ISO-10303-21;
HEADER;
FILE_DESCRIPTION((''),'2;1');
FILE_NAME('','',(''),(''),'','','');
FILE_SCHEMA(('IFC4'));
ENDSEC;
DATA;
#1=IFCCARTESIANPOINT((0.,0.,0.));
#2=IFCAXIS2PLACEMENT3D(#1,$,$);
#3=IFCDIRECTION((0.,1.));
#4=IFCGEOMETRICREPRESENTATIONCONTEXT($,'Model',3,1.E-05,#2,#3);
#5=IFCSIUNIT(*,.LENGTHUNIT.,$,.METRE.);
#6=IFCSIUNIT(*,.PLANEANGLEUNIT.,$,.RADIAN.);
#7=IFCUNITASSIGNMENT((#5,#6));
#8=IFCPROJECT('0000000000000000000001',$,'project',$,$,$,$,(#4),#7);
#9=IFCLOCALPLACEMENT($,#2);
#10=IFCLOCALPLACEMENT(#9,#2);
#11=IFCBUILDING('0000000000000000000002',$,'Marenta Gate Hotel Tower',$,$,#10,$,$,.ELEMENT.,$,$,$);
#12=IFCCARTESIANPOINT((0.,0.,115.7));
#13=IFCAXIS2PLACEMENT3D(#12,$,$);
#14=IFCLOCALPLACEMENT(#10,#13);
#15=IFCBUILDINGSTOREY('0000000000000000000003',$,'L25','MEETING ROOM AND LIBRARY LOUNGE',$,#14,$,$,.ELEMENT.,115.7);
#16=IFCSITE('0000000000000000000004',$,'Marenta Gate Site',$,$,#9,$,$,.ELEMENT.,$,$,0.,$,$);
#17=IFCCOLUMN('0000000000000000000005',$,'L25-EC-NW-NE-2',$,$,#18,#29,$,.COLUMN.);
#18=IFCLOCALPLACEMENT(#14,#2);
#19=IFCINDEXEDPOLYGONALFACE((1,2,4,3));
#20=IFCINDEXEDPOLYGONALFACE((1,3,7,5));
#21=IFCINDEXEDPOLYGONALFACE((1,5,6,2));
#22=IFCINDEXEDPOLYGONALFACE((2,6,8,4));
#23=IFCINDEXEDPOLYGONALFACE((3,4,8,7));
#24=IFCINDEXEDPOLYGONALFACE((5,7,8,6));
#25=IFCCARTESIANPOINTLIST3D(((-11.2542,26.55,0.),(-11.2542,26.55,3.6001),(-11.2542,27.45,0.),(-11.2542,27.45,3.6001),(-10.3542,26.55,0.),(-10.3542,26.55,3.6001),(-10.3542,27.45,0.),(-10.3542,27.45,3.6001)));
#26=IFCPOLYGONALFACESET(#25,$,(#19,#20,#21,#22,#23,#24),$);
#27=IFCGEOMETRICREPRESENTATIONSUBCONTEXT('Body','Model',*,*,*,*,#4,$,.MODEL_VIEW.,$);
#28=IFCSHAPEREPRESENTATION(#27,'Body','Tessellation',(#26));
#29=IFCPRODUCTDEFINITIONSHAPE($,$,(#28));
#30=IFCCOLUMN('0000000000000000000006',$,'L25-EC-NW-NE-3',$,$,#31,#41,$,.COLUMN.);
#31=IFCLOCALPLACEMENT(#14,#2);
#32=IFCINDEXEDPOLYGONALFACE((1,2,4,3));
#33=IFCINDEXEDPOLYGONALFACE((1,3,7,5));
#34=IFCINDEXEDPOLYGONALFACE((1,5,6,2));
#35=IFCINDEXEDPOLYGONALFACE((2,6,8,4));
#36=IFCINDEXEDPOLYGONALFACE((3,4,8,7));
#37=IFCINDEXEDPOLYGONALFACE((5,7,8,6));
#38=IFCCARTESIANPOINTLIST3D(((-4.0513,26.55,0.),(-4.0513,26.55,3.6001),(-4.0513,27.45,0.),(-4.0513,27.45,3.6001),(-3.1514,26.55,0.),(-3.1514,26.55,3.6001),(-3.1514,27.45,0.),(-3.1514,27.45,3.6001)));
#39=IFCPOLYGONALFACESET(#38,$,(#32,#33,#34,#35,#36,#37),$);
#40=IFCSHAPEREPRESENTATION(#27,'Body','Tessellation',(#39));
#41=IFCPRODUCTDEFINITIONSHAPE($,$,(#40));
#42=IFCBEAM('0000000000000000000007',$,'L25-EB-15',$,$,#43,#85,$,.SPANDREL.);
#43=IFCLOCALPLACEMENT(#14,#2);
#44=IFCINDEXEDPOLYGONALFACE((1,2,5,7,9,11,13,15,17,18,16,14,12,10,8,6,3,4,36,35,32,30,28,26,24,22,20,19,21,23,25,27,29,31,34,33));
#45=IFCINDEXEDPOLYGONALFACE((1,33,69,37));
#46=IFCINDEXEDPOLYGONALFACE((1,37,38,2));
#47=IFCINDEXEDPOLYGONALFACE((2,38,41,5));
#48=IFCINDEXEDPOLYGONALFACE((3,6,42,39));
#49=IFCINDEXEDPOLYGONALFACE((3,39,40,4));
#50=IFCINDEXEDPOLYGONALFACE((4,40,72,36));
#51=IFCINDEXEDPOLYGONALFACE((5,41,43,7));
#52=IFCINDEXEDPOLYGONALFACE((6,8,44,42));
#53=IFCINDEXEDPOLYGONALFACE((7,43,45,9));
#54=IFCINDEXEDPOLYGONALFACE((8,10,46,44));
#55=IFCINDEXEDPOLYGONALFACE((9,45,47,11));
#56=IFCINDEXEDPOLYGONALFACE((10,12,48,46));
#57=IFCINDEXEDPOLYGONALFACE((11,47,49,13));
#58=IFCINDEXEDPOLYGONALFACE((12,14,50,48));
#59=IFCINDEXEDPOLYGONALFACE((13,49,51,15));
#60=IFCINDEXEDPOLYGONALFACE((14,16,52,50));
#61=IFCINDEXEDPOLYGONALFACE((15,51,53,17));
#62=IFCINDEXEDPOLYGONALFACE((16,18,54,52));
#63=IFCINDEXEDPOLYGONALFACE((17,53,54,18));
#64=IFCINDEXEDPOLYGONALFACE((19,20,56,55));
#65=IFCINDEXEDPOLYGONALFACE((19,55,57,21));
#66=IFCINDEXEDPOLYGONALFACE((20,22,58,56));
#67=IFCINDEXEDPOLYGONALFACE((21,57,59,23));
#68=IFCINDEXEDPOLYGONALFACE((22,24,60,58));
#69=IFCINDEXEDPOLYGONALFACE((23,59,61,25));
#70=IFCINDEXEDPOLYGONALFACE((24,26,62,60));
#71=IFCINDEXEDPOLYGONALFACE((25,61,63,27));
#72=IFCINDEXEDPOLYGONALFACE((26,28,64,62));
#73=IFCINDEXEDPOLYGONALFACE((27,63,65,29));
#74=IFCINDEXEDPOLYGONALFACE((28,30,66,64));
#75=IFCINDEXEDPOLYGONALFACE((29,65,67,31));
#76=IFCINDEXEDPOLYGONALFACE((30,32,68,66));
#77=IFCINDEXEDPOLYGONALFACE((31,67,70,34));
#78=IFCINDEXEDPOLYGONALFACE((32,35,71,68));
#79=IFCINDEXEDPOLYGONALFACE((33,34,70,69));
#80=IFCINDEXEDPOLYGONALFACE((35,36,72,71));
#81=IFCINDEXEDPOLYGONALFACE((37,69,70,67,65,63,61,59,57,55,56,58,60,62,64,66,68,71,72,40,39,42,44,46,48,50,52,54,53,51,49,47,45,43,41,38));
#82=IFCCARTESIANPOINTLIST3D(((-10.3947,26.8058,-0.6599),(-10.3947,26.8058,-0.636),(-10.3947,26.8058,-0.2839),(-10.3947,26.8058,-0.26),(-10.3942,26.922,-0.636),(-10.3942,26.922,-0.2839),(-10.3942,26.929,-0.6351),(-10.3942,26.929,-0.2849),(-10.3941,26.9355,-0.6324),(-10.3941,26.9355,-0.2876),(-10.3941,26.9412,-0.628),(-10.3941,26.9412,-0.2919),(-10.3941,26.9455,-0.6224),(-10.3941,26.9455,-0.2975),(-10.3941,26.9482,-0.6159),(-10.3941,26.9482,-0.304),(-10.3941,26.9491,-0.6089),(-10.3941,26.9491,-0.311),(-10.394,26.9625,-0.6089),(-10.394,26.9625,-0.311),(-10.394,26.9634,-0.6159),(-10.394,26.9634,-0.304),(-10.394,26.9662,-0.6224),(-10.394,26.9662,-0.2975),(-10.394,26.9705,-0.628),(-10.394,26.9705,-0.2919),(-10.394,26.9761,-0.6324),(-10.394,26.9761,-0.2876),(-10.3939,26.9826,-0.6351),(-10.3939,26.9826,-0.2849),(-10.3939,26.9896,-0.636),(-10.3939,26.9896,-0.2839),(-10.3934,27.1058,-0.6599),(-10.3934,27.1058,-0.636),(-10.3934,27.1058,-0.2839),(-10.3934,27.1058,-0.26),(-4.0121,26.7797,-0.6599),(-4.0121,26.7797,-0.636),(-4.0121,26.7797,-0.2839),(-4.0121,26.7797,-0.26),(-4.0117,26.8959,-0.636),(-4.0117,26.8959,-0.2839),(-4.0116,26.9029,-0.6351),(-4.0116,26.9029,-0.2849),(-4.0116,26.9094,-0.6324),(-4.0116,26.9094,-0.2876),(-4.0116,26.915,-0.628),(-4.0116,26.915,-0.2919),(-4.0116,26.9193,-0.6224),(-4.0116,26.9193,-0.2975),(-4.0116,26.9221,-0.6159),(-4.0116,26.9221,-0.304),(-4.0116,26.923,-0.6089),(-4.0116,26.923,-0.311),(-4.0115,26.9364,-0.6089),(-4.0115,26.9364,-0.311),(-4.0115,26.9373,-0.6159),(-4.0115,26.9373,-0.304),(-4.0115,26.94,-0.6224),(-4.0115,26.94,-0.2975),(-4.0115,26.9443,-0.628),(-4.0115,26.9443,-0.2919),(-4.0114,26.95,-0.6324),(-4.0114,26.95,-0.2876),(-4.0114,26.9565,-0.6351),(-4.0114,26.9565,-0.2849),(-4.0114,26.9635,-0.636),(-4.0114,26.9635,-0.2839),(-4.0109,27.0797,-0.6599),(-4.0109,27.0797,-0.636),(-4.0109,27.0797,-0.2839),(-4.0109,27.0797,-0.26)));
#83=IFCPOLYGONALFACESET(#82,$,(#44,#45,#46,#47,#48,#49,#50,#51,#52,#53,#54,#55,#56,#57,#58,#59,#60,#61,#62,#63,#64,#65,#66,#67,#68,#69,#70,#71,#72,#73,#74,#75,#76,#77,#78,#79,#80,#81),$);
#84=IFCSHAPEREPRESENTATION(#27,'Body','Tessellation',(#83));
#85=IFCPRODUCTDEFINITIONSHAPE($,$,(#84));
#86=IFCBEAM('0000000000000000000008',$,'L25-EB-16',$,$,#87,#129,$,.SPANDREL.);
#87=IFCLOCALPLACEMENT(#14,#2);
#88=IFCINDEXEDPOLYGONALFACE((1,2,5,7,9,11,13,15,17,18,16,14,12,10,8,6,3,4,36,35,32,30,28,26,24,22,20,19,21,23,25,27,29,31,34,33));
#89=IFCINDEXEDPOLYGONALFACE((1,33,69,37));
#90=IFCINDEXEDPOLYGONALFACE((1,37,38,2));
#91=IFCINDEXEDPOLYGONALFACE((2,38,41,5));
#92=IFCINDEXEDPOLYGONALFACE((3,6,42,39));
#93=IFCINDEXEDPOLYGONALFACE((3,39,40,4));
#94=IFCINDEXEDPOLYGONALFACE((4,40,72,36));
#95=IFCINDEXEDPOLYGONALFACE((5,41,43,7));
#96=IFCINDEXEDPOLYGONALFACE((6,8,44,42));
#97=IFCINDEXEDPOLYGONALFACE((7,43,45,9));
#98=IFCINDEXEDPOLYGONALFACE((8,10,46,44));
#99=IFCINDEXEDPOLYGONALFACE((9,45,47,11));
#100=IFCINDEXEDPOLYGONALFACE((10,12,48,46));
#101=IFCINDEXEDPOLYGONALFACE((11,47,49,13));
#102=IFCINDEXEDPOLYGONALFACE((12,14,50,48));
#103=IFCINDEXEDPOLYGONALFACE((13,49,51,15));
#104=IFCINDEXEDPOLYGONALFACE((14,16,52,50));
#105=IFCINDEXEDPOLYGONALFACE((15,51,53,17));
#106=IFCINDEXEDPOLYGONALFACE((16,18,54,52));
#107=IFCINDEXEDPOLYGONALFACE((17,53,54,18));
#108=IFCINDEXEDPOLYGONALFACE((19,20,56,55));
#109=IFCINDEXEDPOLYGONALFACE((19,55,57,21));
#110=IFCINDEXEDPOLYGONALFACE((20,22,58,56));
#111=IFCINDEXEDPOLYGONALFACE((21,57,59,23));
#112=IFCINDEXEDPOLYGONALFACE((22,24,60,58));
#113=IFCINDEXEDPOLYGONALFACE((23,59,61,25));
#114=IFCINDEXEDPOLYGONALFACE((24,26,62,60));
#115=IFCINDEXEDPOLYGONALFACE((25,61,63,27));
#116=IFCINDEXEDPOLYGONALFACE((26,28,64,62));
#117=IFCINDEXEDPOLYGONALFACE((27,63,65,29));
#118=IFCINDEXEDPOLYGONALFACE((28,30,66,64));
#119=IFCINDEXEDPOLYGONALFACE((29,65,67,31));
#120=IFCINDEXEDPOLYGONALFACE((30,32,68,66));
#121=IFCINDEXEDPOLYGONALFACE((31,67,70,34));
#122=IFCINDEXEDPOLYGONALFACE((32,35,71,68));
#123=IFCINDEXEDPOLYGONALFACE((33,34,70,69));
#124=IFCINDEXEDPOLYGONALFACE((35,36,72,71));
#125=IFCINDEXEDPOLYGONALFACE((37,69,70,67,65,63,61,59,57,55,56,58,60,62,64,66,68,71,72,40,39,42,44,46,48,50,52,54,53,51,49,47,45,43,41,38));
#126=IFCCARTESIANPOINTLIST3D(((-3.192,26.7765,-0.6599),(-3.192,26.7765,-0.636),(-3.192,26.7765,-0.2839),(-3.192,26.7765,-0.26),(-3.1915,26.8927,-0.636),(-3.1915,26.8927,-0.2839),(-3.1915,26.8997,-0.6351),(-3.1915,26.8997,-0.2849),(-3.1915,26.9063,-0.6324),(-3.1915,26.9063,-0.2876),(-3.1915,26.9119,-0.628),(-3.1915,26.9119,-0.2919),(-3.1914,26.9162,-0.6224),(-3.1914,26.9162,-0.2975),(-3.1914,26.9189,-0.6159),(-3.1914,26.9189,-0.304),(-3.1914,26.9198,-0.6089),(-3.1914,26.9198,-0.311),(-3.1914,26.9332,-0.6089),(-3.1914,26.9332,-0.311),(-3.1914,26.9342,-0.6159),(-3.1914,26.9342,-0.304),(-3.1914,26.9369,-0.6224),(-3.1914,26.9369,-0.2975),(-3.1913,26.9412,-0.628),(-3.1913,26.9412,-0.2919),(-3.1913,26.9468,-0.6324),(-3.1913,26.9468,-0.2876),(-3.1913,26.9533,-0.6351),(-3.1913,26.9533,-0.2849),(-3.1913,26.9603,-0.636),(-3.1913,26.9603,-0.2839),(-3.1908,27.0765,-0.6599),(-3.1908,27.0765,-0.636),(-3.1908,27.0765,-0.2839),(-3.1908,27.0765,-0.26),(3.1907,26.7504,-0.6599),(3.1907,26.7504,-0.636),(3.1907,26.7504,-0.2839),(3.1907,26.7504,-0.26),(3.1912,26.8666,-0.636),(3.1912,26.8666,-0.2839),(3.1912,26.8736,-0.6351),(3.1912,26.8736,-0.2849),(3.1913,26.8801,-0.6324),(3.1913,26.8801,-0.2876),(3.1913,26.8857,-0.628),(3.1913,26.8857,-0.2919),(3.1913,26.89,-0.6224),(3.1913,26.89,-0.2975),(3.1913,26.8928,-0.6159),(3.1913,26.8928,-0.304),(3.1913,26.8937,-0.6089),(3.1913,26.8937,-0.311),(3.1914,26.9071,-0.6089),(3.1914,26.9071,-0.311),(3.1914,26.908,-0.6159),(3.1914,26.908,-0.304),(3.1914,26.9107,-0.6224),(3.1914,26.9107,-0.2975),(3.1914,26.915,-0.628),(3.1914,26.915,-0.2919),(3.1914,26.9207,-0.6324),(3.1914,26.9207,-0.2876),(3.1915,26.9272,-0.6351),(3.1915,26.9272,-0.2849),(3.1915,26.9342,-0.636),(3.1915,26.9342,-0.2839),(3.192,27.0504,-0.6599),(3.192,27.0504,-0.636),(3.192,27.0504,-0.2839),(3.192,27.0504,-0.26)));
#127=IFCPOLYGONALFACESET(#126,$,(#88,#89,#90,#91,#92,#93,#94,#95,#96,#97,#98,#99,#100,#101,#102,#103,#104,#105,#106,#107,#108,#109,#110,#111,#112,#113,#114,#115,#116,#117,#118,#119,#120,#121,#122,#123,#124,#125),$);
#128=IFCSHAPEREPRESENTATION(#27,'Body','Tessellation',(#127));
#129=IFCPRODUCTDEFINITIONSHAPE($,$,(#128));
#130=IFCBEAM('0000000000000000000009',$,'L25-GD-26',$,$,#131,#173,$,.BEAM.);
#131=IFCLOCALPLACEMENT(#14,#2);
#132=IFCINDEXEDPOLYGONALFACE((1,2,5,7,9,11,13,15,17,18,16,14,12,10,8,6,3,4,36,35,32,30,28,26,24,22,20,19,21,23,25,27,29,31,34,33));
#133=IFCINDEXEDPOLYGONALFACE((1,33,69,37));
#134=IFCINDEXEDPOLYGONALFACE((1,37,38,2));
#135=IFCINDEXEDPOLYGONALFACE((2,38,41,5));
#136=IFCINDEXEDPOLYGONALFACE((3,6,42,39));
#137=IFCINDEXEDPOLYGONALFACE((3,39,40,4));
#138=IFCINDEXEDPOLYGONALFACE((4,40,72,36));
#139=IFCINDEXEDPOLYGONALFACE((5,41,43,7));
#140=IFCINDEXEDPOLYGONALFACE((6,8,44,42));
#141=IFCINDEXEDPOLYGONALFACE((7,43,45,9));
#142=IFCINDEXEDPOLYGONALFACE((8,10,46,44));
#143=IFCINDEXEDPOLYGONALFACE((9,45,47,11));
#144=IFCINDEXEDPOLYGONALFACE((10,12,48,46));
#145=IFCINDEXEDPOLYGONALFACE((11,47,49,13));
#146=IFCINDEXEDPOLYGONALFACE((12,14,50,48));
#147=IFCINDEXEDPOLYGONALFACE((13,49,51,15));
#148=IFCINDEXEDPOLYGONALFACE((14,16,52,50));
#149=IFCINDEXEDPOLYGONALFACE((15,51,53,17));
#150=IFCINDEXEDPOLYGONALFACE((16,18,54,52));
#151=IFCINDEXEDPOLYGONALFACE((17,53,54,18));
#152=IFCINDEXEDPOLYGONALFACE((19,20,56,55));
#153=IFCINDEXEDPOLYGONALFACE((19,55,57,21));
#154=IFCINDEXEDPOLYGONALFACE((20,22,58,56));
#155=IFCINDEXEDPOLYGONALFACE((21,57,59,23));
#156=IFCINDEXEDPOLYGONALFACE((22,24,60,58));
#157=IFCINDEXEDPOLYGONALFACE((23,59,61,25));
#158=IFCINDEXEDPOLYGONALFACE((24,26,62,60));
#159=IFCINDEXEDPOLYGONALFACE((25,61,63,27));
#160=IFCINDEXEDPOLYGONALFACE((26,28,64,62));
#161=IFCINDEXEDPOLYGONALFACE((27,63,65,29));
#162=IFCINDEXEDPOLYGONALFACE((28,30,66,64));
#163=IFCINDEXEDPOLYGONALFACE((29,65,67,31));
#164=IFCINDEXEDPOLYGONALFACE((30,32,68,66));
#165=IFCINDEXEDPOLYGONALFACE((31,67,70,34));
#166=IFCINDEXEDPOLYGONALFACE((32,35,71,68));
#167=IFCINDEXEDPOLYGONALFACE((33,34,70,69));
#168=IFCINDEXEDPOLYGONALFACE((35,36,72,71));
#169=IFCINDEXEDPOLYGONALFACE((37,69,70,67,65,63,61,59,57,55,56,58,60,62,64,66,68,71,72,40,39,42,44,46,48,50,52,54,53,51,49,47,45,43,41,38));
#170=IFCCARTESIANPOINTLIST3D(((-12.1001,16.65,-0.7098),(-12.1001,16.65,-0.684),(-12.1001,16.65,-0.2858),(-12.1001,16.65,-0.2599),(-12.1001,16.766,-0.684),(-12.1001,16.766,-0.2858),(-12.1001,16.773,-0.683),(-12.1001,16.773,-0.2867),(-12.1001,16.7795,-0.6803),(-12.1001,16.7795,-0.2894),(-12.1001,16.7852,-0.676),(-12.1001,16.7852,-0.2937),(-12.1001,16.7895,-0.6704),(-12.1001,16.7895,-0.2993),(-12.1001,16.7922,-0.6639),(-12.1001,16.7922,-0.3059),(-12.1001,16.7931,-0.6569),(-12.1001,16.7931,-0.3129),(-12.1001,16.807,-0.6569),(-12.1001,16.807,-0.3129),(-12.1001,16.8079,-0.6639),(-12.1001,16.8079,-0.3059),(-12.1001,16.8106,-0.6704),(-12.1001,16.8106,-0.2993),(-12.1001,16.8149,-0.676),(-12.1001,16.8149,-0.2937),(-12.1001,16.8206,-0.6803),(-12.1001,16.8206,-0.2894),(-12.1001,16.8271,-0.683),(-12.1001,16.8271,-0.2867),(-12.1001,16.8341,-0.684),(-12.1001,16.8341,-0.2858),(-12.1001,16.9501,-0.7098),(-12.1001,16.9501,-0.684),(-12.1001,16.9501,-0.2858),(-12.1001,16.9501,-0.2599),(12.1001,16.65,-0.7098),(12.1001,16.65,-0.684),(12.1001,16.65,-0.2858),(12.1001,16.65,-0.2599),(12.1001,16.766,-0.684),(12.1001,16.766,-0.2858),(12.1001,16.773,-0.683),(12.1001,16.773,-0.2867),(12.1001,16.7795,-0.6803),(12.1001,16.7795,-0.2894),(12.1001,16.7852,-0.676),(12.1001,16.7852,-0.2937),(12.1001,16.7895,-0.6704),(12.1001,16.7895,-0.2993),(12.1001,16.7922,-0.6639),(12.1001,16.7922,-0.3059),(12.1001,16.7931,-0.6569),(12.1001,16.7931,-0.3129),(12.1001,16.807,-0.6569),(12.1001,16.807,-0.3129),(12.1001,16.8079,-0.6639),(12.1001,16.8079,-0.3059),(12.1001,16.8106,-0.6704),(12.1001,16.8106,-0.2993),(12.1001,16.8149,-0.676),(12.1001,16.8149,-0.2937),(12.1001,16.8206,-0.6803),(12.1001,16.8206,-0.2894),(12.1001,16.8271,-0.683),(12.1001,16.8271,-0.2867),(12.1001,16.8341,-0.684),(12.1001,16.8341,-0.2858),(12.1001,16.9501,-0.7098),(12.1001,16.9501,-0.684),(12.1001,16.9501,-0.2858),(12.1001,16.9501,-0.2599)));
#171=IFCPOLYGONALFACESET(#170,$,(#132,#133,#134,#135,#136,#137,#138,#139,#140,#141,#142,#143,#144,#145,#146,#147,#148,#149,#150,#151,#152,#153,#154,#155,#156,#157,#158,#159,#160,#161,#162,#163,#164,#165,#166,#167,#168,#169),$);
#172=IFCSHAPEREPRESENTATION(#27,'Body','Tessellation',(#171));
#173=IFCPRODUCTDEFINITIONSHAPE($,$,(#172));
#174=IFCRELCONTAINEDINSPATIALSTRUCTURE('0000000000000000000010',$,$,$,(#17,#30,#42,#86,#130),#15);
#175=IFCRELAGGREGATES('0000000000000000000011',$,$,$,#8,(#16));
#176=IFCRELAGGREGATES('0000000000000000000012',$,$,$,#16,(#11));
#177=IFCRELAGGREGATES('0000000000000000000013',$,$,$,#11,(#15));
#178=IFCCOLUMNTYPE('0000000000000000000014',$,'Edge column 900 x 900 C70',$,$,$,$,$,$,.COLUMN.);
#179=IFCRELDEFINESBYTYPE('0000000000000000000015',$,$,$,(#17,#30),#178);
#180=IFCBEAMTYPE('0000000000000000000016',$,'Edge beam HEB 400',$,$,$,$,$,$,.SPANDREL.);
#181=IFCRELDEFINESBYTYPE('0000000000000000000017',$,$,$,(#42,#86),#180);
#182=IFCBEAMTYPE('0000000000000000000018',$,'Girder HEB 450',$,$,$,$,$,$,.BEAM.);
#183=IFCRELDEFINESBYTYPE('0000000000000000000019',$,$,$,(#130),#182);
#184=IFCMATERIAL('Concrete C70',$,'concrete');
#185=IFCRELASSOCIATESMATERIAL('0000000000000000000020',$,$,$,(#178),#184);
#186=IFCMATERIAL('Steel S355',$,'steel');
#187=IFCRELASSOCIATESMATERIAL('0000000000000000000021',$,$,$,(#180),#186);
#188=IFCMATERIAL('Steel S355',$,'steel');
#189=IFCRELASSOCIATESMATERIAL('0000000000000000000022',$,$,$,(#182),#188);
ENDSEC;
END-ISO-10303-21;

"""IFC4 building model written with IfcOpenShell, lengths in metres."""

from ifc_helpers import new_model, si_unit, direction, frame, origin, origin_2d, place, context, subcontext, project, spatial, rectangle, i_section, extrude, material, material_profile, profile_set, type_object, element, save


model = new_model("IFC4")

# Units and contexts
model_context = context("Model", 3, precision=1e-05, world=origin(), true_north=direction((0.0, 1.0)))
body_context = subcontext(model_context, "Body", "Model", "MODEL_VIEW")
ifc_project = project(units=[si_unit("LENGTHUNIT", "METRE"), si_unit("PLANEANGLEUNIT", "RADIAN")], contexts=[model_context])

# Site, building, storey
site_placement = place(None, origin())
site = spatial("IfcSite", under=ifc_project, at=site_placement, Name="Marenta Gate Site", CompositionType="ELEMENT", RefElevation=0.0)
building_placement = place(site_placement, origin())
building = spatial("IfcBuilding", under=site, at=building_placement, Name="Marenta Gate Hotel Tower", CompositionType="ELEMENT")
storey_placement = place(building_placement, frame((0.0, 0.0, 115.7)))
storey = spatial("IfcBuildingStorey", under=building, at=storey_placement, Name="L25", Description="MEETING ROOM AND LIBRARY LOUNGE", CompositionType="ELEMENT", Elevation=115.7)

# Columns
ifc_material_1 = material(Name="Concrete C70", Category="concrete")
ifc_material_profile_1 = material_profile(ifc_material_1, rectangle(XDim=0.8999, YDim=0.8999, at=origin_2d()), Name="900 x 900")
ifc_profile_set_1 = profile_set([ifc_material_profile_1], Name="Concrete C70")
column_type = type_object("IfcColumnType", Name="Edge column 900 x 900 C70", PredefinedType="COLUMN", material=ifc_profile_set_1)
for number, where, z_axis, x_axis, name in (
    (1, (-10.8042, 27.0, 0.0), (0.0, 0.0, 1.0), (1.0, 0.0, 0.0), "L25-EC-NW-NE-2"),
    (2, (-3.6013, 27.0, 0.0), (0.0, 0.0, 1.0), (1.0, 0.0, 0.0), "L25-EC-NW-NE-3"),
):
    element("IfcColumn", number, at=place(storey_placement, frame(where, z_axis=z_axis, x_axis=x_axis)), inside=storey, type_object=column_type, Name=name, PredefinedType="COLUMN", context=body_context, shape_type="SweptSolid", body=[
        extrude(rectangle(XDim=0.8999, YDim=0.8999, at=origin_2d()), origin(), (0.0, 0.0, 1.0), 3.6001),
    ])

# Beams
ifc_material_2 = material(Name="Steel S355", Category="steel")
ifc_material_profile_2 = material_profile(ifc_material_2, i_section(OverallWidth=0.3, OverallDepth=0.3999, WebThickness=0.0134, FlangeThickness=0.0239, FilletRadius=0.0271, at=origin_2d()), Name="HEB 400")
ifc_profile_set_2 = profile_set([ifc_material_profile_2], Name="Steel S355")
beam_type_1 = type_object("IfcBeamType", Name="Edge beam HEB 400", PredefinedType="SPANDREL", material=ifc_profile_set_2)
beam_1_placement = place(storey_placement, frame((-10.394, 26.9558, -0.46), z_axis=(0.999992, -0.004093, 0.0), x_axis=(0.004093, 0.999992, 0.0)))
element("IfcBeam", 3, at=beam_1_placement, inside=storey, type_object=beam_type_1, Name="L25-EB-15", PredefinedType="SPANDREL", context=body_context, shape_type="SweptSolid", body=[
    extrude(i_section(OverallWidth=0.3, OverallDepth=0.3999, WebThickness=0.0134, FlangeThickness=0.0239, FilletRadius=0.0271, at=origin_2d()), origin(), (0.0, 0.0, 1.0), 6.3826),
])
beam_2_placement = place(storey_placement, frame((-3.1914, 26.9265, -0.46), z_axis=(0.999992, -0.004093, 0.0), x_axis=(0.004093, 0.999992, 0.0)))
element("IfcBeam", 4, at=beam_2_placement, inside=storey, type_object=beam_type_1, Name="L25-EB-16", PredefinedType="SPANDREL", context=body_context, shape_type="SweptSolid", body=[
    extrude(i_section(OverallWidth=0.3, OverallDepth=0.3999, WebThickness=0.0134, FlangeThickness=0.0239, FilletRadius=0.0271, at=origin_2d()), origin(), (0.0, 0.0, 1.0), 6.3828),
])
ifc_material_3 = material(Name="Steel S355", Category="steel")
ifc_material_profile_3 = material_profile(ifc_material_3, i_section(OverallWidth=0.3, OverallDepth=0.45, WebThickness=0.0139, FlangeThickness=0.0259, FilletRadius=0.0271, at=origin_2d()), Name="HEB 450")
ifc_profile_set_3 = profile_set([ifc_material_profile_3], Name="Steel S355")
beam_type_2 = type_object("IfcBeamType", Name="Girder HEB 450", PredefinedType="BEAM", material=ifc_profile_set_3)
beam_3_placement = place(storey_placement, frame((-12.1001, 16.8, -0.4849), z_axis=(1.0, 0.0, 0.0), x_axis=(0.0, 1.0, 0.0)))
element("IfcBeam", 5, at=beam_3_placement, inside=storey, type_object=beam_type_2, Name="L25-GD-26", PredefinedType="BEAM", context=body_context, shape_type="SweptSolid", body=[
    extrude(i_section(OverallWidth=0.3, OverallDepth=0.45, WebThickness=0.0139, FlangeThickness=0.0259, FilletRadius=0.0271, at=origin_2d()), origin(), (0.0, 0.0, 1.0), 24.2002),
])

save(model, "model.ifc")
